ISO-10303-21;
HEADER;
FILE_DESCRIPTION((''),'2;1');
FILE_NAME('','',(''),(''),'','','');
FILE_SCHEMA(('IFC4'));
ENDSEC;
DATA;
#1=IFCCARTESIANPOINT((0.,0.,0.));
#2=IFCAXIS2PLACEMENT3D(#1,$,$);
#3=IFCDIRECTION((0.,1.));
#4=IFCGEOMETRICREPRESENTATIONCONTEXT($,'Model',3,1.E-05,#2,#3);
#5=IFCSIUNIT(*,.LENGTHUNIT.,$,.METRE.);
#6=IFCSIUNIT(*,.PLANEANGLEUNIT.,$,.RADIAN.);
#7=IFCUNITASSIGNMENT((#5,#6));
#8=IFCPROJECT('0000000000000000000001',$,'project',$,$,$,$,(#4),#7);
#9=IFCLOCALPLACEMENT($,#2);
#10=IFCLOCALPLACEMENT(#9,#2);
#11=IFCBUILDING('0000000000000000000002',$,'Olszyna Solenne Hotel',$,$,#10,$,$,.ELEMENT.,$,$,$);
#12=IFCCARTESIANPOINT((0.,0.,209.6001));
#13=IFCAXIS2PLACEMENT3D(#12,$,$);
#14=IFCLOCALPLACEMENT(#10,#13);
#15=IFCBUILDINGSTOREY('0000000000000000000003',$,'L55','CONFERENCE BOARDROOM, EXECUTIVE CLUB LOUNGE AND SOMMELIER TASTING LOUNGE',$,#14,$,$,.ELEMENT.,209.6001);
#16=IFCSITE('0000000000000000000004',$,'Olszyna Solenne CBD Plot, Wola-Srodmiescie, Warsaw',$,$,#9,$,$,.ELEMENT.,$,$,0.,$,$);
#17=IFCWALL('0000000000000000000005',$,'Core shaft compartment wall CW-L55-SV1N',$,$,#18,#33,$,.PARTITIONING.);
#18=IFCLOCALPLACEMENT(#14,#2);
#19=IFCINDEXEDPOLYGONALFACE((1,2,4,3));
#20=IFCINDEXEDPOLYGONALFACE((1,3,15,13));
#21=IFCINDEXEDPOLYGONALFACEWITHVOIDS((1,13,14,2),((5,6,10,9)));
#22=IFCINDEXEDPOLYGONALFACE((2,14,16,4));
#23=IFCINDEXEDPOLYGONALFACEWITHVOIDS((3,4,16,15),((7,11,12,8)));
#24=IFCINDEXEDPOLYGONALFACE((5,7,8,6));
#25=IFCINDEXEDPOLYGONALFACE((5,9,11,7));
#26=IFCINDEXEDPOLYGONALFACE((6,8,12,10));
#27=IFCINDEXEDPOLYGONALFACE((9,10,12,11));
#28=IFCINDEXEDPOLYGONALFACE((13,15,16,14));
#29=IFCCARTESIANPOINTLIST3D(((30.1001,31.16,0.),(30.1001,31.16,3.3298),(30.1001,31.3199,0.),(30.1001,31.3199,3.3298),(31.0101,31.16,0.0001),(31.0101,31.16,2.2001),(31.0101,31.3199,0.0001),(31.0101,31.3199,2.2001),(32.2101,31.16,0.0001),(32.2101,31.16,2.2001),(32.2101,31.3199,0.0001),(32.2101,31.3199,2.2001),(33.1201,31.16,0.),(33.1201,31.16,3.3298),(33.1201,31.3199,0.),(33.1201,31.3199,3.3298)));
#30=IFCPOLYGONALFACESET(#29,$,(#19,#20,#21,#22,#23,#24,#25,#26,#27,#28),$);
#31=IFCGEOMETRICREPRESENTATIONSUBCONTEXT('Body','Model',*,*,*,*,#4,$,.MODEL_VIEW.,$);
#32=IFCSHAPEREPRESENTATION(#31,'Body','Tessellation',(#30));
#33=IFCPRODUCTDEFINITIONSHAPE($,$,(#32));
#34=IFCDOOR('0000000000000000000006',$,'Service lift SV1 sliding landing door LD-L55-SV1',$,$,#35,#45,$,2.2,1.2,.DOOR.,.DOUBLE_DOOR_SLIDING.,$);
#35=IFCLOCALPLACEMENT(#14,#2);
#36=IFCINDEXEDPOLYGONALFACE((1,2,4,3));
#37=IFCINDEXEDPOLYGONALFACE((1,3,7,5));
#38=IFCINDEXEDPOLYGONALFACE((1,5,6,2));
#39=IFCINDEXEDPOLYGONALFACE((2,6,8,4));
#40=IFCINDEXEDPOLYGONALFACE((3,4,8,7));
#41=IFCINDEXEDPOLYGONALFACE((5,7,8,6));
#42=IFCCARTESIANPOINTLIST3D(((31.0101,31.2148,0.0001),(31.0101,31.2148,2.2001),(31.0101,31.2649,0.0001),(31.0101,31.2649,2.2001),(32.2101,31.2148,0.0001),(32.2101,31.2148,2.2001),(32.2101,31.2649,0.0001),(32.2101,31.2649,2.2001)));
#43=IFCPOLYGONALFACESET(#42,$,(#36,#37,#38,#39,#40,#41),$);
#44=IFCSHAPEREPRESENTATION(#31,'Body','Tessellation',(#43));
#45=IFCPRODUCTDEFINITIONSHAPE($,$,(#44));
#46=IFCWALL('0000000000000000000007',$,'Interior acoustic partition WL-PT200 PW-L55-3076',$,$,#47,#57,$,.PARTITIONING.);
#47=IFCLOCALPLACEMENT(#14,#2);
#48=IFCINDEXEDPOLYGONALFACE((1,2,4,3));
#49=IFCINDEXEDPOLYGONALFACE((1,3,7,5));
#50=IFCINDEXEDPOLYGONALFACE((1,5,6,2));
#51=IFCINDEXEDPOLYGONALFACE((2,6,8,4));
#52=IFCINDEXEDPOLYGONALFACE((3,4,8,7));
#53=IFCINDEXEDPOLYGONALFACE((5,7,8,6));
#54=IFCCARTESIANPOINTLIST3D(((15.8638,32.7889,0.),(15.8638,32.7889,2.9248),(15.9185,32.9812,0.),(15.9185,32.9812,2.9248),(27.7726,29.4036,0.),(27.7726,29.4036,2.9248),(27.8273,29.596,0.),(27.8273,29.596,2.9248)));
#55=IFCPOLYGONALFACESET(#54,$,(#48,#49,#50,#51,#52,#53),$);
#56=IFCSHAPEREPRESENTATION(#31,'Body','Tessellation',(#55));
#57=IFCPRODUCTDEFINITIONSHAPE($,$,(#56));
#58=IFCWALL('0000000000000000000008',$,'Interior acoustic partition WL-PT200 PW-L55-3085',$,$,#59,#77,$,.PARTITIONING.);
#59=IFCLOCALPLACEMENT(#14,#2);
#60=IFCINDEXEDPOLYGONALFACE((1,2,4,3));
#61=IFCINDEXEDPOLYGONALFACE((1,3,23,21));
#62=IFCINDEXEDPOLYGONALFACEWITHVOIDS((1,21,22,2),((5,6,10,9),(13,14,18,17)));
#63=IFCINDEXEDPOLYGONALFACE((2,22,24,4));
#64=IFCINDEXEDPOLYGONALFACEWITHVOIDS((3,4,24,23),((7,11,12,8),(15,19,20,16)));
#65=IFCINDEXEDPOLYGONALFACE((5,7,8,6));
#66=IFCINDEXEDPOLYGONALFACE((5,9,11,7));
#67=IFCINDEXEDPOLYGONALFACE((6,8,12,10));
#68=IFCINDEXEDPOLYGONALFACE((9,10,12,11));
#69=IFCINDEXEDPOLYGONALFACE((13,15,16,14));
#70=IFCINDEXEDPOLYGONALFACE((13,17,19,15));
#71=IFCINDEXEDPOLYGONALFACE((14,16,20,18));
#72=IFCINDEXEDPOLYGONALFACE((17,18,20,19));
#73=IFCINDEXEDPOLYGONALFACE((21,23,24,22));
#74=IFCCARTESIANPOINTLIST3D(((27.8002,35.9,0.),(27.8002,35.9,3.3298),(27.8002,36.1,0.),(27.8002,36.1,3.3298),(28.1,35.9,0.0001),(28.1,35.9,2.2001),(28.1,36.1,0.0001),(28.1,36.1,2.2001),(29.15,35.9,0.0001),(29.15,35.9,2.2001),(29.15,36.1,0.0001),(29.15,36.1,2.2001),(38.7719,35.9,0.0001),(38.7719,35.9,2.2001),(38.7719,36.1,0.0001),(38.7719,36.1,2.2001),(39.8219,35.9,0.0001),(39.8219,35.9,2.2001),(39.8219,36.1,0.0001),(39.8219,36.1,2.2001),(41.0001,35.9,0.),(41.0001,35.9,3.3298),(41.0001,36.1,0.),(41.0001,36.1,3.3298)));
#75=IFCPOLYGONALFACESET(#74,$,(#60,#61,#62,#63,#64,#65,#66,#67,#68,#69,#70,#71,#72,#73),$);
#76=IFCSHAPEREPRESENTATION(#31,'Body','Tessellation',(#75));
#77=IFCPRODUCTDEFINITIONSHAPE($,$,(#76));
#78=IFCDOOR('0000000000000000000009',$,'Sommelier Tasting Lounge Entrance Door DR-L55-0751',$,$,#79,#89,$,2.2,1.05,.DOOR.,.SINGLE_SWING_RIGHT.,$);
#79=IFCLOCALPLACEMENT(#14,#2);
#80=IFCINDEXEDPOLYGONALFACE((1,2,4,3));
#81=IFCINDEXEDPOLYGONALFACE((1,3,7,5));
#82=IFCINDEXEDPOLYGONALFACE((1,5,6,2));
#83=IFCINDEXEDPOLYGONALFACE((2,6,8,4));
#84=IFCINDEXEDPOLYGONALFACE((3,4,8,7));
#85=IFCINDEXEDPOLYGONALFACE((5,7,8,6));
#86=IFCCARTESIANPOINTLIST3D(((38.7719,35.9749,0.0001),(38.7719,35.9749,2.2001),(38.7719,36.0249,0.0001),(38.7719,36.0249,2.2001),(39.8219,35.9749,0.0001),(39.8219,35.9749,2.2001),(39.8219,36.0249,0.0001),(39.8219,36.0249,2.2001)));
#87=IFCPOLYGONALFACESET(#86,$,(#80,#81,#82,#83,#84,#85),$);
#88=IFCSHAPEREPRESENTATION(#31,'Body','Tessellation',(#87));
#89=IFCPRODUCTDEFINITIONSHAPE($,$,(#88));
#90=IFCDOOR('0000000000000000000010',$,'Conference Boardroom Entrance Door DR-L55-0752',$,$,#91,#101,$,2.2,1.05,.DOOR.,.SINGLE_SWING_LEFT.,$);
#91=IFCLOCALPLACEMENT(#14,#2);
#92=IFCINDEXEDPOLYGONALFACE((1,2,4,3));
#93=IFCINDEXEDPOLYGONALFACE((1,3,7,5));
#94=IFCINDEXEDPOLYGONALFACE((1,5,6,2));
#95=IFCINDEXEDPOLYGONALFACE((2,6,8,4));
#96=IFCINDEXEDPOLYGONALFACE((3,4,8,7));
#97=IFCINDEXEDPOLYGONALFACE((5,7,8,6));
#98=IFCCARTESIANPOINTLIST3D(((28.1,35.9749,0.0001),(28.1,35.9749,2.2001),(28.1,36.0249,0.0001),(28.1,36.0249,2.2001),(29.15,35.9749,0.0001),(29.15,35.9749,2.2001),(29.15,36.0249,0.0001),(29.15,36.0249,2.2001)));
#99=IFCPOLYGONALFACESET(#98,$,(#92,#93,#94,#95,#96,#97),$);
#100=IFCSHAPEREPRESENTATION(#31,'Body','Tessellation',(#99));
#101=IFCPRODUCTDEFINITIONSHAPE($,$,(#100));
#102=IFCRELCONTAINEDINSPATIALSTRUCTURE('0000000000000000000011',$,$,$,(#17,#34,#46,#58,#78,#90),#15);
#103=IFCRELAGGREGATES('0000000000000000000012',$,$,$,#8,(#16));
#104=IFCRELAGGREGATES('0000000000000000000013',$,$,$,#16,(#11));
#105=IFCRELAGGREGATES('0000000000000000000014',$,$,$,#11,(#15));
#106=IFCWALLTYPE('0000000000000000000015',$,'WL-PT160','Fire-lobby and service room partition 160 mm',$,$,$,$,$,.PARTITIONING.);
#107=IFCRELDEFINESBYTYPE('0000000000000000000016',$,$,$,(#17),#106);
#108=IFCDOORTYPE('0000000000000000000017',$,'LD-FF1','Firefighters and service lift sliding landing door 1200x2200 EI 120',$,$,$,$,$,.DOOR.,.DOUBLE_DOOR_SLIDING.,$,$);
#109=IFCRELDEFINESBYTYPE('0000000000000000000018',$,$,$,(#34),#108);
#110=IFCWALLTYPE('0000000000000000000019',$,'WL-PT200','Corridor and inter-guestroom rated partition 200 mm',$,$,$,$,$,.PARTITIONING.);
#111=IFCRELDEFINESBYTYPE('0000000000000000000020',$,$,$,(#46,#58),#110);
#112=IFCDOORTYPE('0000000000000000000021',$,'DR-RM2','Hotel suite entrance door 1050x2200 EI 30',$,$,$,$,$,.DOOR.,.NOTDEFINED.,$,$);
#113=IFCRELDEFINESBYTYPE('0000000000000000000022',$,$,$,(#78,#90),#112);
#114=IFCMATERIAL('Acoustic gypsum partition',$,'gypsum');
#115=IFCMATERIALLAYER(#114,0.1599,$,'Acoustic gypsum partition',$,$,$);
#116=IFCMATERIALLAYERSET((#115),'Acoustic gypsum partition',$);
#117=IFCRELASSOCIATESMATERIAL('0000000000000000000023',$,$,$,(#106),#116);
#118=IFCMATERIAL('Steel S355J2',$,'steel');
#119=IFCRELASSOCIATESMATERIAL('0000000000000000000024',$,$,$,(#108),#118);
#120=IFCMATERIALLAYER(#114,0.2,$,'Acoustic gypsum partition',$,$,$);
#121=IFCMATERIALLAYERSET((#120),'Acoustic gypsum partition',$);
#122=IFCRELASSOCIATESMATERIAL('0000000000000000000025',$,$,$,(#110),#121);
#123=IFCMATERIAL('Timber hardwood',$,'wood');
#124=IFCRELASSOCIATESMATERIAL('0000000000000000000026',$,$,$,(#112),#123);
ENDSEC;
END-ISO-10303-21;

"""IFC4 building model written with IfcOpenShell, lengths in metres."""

from ifc_helpers import new_model, si_unit, direction, frame, frame_2d, origin, place, context, subcontext, project, spatial, rectangle, extrude, source, transform, mapped, material, layer, layer_set, type_object, type_shapes, element, fill, save


model = new_model("IFC4")

# Units and contexts
model_context = context("Model", 3, precision=1e-05, world=origin(), true_north=direction((0.0, 1.0)))
body_context = subcontext(model_context, "Body", "Model", "MODEL_VIEW")
ifc_project = project(units=[si_unit("LENGTHUNIT", "METRE"), si_unit("PLANEANGLEUNIT", "RADIAN")], contexts=[model_context])

# Site, building, storey
site_placement = place(None, origin())
site = spatial("IfcSite", under=ifc_project, at=site_placement, Name="Olszyna Solenne CBD Plot, Wola-Srodmiescie, Warsaw", CompositionType="ELEMENT", RefElevation=0.0)
building_placement = place(site_placement, origin())
building = spatial("IfcBuilding", under=site, at=building_placement, Name="Olszyna Solenne Hotel", CompositionType="ELEMENT")
storey_placement = place(building_placement, frame((0.0, 0.0, 209.6001)))
storey = spatial("IfcBuildingStorey", under=building, at=storey_placement, Name="L55", Description="CONFERENCE BOARDROOM, EXECUTIVE CLUB LOUNGE AND SOMMELIER TASTING LOUNGE", CompositionType="ELEMENT", Elevation=209.6001)

# Shared definitions
ifc_material_1 = material(Name="Steel S355J2", Category="steel")

# Shared definitions
ifc_material_2 = material(Name="Acoustic gypsum partition", Category="gypsum")
ifc_layer_1 = layer(ifc_material_2, 0.1599, Name="Acoustic gypsum partition")
ifc_layer_set_1 = layer_set([ifc_layer_1], Name="Acoustic gypsum partition")
wall_type_1 = type_object("IfcWallType", Name="WL-PT160", Description="Fire-lobby and service room partition 160 mm", PredefinedType="PARTITIONING", material=ifc_layer_set_1)

# Wall, opening, door
wall_1_placement = place(storey_placement, frame((30.1001, 31.24, 0.0), z_axis=(0.0, 0.0, 1.0), x_axis=(1.0, 0.0, 0.0)))
wall_1 = element("IfcWall", 1, at=wall_1_placement, inside=storey, type_object=wall_type_1, Name="Core shaft compartment wall CW-L55-SV1N", PredefinedType="PARTITIONING", context=body_context, shape_type="SweptSolid", body=[
    extrude(rectangle(XDim=3.02, YDim=0.1599, at=frame_2d((1.51, 0.0))), origin(), (0.0, 0.0, 1.0), 3.3298),
])
opening_1_placement = place(wall_1_placement, frame((0.9099, 0.0, 0.0)))
opening_1 = element("IfcOpeningElement", 2, at=opening_1_placement, cuts=wall_1, PredefinedType="OPENING", context=body_context, shape_type="SweptSolid", body=[
    extrude(rectangle(XDim=1.2, YDim=2.2, at=frame_2d((0.6001, 1.1001))), frame((0.0, 0.0898, 0.0), z_axis=(0.0, -1.0, 0.0), x_axis=(1.0, 0.0, 0.0)), (0.0, 0.0, 1.0), 0.1799),
])
door_type_1 = type_object("IfcDoorType", Name="LD-FF1", Description="Firefighters and service lift sliding landing door 1200x2200 EI 120", OperationType="DOUBLE_DOOR_SLIDING", PredefinedType="DOOR", material=ifc_material_1)
shared_shape_1 = source(origin(), body_context, "Body", "SweptSolid", [
    extrude(rectangle(XDim=1.2, YDim=2.2, at=frame_2d((0.6001, 1.1001))), frame((0.0, 0.0249, 0.0), z_axis=(0.0, -1.0, 0.0), x_axis=(1.0, 0.0, 0.0)), (0.0, 0.0, 1.0), 0.05),
])
type_shapes(door_type_1, [shared_shape_1])
door_1_placement = place(opening_1_placement, origin())
door_1 = element("IfcDoor", 3, at=door_1_placement, inside=storey, type_object=door_type_1, Name="Service lift SV1 sliding landing door LD-L55-SV1", OperationType="DOUBLE_DOOR_SLIDING", OverallHeight=2.2, OverallWidth=1.2, PredefinedType="DOOR", context=body_context, shape_type="MappedRepresentation", body=[
    mapped(shared_shape_1, transform((0.0, 0.0, 0.0), x_axis=(1.0, 0.0, 0.0), y_axis=(0.0, 1.0, 0.0), z_axis=(0.0, 0.0, 1.0), scale=1.0)),
])
fill(opening_1, door_1)

# Wall
ifc_layer_2 = layer(ifc_material_2, 0.2, Name="Acoustic gypsum partition")
ifc_layer_set_2 = layer_set([ifc_layer_2], Name="Acoustic gypsum partition")
wall_type_2 = type_object("IfcWallType", Name="WL-PT200", Description="Corridor and inter-guestroom rated partition 200 mm", PredefinedType="PARTITIONING", material=ifc_layer_set_2)
wall_2_placement = place(storey_placement, frame((27.8, 29.4998, 0.0), z_axis=(0.0, 0.0, 1.0), x_axis=(-0.961891, 0.273434, 0.0)))
element("IfcWall", 4, at=wall_2_placement, inside=storey, type_object=wall_type_2, Name="Interior acoustic partition WL-PT200 PW-L55-3076", PredefinedType="PARTITIONING", context=body_context, shape_type="SweptSolid", body=[
    extrude(rectangle(XDim=12.3806, YDim=0.2, at=frame_2d((6.1904, 0.0))), origin(), (0.0, 0.0, 1.0), 2.9248),
])

# Wall, openings, doors
wall_3_placement = place(storey_placement, frame((27.8, 36.0, 0.0), z_axis=(0.0, 0.0, 1.0), x_axis=(1.0, 0.0, 0.0)))
wall_3 = element("IfcWall", 5, at=wall_3_placement, inside=storey, type_object=wall_type_2, Name="Interior acoustic partition WL-PT200 PW-L55-3085", PredefinedType="PARTITIONING", context=body_context, shape_type="SweptSolid", body=[
    extrude(rectangle(XDim=13.2, YDim=0.2, at=frame_2d((6.6001, 0.0))), origin(), (0.0, 0.0, 1.0), 3.3298),
])
opening_2_placement = place(wall_3_placement, frame((10.9719, 0.0, 0.0)))
opening_2 = element("IfcOpeningElement", 6, at=opening_2_placement, cuts=wall_3, PredefinedType="OPENING", context=body_context, shape_type="SweptSolid", body=[
    extrude(rectangle(XDim=1.05, YDim=2.2, at=frame_2d((0.5249, 1.1001))), frame((0.0, 0.1099, 0.0), z_axis=(0.0, -1.0, 0.0), x_axis=(1.0, 0.0, 0.0)), (0.0, 0.0, 1.0), 0.22),
])
opening_3_placement = place(wall_3_placement, frame((0.3, 0.0, 0.0)))
opening_3 = element("IfcOpeningElement", 7, at=opening_3_placement, cuts=wall_3, PredefinedType="OPENING", context=body_context, shape_type="SweptSolid", body=[
    extrude(rectangle(XDim=1.05, YDim=2.2, at=frame_2d((0.5249, 1.1001))), frame((0.0, 0.1099, 0.0), z_axis=(0.0, -1.0, 0.0), x_axis=(1.0, 0.0, 0.0)), (0.0, 0.0, 1.0), 0.22),
])
ifc_material_3 = material(Name="Timber hardwood", Category="wood")
door_type_2 = type_object("IfcDoorType", Name="DR-RM2", Description="Hotel suite entrance door 1050x2200 EI 30", OperationType="NOTDEFINED", PredefinedType="DOOR", material=ifc_material_3)
shared_shape_2 = source(origin(), body_context, "Body", "SweptSolid", [
    extrude(rectangle(XDim=1.05, YDim=2.2, at=frame_2d((0.5249, 1.1001))), frame((0.0, 0.0249, 0.0), z_axis=(0.0, -1.0, 0.0), x_axis=(1.0, 0.0, 0.0)), (0.0, 0.0, 1.0), 0.05),
])
type_shapes(door_type_2, [shared_shape_2])
door_2_placement = place(opening_2_placement, origin())
door_2 = element("IfcDoor", 8, at=door_2_placement, inside=storey, type_object=door_type_2, Name="Sommelier Tasting Lounge Entrance Door DR-L55-0751", OperationType="SINGLE_SWING_RIGHT", OverallHeight=2.2, OverallWidth=1.05, PredefinedType="DOOR", context=body_context, shape_type="MappedRepresentation", body=[
    mapped(shared_shape_2, transform((0.0, 0.0, 0.0), x_axis=(1.0, 0.0, 0.0), y_axis=(0.0, 1.0, 0.0), z_axis=(0.0, 0.0, 1.0), scale=1.0)),
])
fill(opening_2, door_2)
door_3_placement = place(opening_3_placement, origin())
door_3 = element("IfcDoor", 9, at=door_3_placement, inside=storey, type_object=door_type_2, Name="Conference Boardroom Entrance Door DR-L55-0752", OperationType="SINGLE_SWING_LEFT", OverallHeight=2.2, OverallWidth=1.05, PredefinedType="DOOR", context=body_context, shape_type="MappedRepresentation", body=[
    mapped(shared_shape_2, transform((0.0, 0.0, 0.0), x_axis=(1.0, 0.0, 0.0), y_axis=(0.0, 1.0, 0.0), z_axis=(0.0, 0.0, 1.0), scale=1.0)),
])
fill(opening_3, door_3)

save(model, "model.ifc")
